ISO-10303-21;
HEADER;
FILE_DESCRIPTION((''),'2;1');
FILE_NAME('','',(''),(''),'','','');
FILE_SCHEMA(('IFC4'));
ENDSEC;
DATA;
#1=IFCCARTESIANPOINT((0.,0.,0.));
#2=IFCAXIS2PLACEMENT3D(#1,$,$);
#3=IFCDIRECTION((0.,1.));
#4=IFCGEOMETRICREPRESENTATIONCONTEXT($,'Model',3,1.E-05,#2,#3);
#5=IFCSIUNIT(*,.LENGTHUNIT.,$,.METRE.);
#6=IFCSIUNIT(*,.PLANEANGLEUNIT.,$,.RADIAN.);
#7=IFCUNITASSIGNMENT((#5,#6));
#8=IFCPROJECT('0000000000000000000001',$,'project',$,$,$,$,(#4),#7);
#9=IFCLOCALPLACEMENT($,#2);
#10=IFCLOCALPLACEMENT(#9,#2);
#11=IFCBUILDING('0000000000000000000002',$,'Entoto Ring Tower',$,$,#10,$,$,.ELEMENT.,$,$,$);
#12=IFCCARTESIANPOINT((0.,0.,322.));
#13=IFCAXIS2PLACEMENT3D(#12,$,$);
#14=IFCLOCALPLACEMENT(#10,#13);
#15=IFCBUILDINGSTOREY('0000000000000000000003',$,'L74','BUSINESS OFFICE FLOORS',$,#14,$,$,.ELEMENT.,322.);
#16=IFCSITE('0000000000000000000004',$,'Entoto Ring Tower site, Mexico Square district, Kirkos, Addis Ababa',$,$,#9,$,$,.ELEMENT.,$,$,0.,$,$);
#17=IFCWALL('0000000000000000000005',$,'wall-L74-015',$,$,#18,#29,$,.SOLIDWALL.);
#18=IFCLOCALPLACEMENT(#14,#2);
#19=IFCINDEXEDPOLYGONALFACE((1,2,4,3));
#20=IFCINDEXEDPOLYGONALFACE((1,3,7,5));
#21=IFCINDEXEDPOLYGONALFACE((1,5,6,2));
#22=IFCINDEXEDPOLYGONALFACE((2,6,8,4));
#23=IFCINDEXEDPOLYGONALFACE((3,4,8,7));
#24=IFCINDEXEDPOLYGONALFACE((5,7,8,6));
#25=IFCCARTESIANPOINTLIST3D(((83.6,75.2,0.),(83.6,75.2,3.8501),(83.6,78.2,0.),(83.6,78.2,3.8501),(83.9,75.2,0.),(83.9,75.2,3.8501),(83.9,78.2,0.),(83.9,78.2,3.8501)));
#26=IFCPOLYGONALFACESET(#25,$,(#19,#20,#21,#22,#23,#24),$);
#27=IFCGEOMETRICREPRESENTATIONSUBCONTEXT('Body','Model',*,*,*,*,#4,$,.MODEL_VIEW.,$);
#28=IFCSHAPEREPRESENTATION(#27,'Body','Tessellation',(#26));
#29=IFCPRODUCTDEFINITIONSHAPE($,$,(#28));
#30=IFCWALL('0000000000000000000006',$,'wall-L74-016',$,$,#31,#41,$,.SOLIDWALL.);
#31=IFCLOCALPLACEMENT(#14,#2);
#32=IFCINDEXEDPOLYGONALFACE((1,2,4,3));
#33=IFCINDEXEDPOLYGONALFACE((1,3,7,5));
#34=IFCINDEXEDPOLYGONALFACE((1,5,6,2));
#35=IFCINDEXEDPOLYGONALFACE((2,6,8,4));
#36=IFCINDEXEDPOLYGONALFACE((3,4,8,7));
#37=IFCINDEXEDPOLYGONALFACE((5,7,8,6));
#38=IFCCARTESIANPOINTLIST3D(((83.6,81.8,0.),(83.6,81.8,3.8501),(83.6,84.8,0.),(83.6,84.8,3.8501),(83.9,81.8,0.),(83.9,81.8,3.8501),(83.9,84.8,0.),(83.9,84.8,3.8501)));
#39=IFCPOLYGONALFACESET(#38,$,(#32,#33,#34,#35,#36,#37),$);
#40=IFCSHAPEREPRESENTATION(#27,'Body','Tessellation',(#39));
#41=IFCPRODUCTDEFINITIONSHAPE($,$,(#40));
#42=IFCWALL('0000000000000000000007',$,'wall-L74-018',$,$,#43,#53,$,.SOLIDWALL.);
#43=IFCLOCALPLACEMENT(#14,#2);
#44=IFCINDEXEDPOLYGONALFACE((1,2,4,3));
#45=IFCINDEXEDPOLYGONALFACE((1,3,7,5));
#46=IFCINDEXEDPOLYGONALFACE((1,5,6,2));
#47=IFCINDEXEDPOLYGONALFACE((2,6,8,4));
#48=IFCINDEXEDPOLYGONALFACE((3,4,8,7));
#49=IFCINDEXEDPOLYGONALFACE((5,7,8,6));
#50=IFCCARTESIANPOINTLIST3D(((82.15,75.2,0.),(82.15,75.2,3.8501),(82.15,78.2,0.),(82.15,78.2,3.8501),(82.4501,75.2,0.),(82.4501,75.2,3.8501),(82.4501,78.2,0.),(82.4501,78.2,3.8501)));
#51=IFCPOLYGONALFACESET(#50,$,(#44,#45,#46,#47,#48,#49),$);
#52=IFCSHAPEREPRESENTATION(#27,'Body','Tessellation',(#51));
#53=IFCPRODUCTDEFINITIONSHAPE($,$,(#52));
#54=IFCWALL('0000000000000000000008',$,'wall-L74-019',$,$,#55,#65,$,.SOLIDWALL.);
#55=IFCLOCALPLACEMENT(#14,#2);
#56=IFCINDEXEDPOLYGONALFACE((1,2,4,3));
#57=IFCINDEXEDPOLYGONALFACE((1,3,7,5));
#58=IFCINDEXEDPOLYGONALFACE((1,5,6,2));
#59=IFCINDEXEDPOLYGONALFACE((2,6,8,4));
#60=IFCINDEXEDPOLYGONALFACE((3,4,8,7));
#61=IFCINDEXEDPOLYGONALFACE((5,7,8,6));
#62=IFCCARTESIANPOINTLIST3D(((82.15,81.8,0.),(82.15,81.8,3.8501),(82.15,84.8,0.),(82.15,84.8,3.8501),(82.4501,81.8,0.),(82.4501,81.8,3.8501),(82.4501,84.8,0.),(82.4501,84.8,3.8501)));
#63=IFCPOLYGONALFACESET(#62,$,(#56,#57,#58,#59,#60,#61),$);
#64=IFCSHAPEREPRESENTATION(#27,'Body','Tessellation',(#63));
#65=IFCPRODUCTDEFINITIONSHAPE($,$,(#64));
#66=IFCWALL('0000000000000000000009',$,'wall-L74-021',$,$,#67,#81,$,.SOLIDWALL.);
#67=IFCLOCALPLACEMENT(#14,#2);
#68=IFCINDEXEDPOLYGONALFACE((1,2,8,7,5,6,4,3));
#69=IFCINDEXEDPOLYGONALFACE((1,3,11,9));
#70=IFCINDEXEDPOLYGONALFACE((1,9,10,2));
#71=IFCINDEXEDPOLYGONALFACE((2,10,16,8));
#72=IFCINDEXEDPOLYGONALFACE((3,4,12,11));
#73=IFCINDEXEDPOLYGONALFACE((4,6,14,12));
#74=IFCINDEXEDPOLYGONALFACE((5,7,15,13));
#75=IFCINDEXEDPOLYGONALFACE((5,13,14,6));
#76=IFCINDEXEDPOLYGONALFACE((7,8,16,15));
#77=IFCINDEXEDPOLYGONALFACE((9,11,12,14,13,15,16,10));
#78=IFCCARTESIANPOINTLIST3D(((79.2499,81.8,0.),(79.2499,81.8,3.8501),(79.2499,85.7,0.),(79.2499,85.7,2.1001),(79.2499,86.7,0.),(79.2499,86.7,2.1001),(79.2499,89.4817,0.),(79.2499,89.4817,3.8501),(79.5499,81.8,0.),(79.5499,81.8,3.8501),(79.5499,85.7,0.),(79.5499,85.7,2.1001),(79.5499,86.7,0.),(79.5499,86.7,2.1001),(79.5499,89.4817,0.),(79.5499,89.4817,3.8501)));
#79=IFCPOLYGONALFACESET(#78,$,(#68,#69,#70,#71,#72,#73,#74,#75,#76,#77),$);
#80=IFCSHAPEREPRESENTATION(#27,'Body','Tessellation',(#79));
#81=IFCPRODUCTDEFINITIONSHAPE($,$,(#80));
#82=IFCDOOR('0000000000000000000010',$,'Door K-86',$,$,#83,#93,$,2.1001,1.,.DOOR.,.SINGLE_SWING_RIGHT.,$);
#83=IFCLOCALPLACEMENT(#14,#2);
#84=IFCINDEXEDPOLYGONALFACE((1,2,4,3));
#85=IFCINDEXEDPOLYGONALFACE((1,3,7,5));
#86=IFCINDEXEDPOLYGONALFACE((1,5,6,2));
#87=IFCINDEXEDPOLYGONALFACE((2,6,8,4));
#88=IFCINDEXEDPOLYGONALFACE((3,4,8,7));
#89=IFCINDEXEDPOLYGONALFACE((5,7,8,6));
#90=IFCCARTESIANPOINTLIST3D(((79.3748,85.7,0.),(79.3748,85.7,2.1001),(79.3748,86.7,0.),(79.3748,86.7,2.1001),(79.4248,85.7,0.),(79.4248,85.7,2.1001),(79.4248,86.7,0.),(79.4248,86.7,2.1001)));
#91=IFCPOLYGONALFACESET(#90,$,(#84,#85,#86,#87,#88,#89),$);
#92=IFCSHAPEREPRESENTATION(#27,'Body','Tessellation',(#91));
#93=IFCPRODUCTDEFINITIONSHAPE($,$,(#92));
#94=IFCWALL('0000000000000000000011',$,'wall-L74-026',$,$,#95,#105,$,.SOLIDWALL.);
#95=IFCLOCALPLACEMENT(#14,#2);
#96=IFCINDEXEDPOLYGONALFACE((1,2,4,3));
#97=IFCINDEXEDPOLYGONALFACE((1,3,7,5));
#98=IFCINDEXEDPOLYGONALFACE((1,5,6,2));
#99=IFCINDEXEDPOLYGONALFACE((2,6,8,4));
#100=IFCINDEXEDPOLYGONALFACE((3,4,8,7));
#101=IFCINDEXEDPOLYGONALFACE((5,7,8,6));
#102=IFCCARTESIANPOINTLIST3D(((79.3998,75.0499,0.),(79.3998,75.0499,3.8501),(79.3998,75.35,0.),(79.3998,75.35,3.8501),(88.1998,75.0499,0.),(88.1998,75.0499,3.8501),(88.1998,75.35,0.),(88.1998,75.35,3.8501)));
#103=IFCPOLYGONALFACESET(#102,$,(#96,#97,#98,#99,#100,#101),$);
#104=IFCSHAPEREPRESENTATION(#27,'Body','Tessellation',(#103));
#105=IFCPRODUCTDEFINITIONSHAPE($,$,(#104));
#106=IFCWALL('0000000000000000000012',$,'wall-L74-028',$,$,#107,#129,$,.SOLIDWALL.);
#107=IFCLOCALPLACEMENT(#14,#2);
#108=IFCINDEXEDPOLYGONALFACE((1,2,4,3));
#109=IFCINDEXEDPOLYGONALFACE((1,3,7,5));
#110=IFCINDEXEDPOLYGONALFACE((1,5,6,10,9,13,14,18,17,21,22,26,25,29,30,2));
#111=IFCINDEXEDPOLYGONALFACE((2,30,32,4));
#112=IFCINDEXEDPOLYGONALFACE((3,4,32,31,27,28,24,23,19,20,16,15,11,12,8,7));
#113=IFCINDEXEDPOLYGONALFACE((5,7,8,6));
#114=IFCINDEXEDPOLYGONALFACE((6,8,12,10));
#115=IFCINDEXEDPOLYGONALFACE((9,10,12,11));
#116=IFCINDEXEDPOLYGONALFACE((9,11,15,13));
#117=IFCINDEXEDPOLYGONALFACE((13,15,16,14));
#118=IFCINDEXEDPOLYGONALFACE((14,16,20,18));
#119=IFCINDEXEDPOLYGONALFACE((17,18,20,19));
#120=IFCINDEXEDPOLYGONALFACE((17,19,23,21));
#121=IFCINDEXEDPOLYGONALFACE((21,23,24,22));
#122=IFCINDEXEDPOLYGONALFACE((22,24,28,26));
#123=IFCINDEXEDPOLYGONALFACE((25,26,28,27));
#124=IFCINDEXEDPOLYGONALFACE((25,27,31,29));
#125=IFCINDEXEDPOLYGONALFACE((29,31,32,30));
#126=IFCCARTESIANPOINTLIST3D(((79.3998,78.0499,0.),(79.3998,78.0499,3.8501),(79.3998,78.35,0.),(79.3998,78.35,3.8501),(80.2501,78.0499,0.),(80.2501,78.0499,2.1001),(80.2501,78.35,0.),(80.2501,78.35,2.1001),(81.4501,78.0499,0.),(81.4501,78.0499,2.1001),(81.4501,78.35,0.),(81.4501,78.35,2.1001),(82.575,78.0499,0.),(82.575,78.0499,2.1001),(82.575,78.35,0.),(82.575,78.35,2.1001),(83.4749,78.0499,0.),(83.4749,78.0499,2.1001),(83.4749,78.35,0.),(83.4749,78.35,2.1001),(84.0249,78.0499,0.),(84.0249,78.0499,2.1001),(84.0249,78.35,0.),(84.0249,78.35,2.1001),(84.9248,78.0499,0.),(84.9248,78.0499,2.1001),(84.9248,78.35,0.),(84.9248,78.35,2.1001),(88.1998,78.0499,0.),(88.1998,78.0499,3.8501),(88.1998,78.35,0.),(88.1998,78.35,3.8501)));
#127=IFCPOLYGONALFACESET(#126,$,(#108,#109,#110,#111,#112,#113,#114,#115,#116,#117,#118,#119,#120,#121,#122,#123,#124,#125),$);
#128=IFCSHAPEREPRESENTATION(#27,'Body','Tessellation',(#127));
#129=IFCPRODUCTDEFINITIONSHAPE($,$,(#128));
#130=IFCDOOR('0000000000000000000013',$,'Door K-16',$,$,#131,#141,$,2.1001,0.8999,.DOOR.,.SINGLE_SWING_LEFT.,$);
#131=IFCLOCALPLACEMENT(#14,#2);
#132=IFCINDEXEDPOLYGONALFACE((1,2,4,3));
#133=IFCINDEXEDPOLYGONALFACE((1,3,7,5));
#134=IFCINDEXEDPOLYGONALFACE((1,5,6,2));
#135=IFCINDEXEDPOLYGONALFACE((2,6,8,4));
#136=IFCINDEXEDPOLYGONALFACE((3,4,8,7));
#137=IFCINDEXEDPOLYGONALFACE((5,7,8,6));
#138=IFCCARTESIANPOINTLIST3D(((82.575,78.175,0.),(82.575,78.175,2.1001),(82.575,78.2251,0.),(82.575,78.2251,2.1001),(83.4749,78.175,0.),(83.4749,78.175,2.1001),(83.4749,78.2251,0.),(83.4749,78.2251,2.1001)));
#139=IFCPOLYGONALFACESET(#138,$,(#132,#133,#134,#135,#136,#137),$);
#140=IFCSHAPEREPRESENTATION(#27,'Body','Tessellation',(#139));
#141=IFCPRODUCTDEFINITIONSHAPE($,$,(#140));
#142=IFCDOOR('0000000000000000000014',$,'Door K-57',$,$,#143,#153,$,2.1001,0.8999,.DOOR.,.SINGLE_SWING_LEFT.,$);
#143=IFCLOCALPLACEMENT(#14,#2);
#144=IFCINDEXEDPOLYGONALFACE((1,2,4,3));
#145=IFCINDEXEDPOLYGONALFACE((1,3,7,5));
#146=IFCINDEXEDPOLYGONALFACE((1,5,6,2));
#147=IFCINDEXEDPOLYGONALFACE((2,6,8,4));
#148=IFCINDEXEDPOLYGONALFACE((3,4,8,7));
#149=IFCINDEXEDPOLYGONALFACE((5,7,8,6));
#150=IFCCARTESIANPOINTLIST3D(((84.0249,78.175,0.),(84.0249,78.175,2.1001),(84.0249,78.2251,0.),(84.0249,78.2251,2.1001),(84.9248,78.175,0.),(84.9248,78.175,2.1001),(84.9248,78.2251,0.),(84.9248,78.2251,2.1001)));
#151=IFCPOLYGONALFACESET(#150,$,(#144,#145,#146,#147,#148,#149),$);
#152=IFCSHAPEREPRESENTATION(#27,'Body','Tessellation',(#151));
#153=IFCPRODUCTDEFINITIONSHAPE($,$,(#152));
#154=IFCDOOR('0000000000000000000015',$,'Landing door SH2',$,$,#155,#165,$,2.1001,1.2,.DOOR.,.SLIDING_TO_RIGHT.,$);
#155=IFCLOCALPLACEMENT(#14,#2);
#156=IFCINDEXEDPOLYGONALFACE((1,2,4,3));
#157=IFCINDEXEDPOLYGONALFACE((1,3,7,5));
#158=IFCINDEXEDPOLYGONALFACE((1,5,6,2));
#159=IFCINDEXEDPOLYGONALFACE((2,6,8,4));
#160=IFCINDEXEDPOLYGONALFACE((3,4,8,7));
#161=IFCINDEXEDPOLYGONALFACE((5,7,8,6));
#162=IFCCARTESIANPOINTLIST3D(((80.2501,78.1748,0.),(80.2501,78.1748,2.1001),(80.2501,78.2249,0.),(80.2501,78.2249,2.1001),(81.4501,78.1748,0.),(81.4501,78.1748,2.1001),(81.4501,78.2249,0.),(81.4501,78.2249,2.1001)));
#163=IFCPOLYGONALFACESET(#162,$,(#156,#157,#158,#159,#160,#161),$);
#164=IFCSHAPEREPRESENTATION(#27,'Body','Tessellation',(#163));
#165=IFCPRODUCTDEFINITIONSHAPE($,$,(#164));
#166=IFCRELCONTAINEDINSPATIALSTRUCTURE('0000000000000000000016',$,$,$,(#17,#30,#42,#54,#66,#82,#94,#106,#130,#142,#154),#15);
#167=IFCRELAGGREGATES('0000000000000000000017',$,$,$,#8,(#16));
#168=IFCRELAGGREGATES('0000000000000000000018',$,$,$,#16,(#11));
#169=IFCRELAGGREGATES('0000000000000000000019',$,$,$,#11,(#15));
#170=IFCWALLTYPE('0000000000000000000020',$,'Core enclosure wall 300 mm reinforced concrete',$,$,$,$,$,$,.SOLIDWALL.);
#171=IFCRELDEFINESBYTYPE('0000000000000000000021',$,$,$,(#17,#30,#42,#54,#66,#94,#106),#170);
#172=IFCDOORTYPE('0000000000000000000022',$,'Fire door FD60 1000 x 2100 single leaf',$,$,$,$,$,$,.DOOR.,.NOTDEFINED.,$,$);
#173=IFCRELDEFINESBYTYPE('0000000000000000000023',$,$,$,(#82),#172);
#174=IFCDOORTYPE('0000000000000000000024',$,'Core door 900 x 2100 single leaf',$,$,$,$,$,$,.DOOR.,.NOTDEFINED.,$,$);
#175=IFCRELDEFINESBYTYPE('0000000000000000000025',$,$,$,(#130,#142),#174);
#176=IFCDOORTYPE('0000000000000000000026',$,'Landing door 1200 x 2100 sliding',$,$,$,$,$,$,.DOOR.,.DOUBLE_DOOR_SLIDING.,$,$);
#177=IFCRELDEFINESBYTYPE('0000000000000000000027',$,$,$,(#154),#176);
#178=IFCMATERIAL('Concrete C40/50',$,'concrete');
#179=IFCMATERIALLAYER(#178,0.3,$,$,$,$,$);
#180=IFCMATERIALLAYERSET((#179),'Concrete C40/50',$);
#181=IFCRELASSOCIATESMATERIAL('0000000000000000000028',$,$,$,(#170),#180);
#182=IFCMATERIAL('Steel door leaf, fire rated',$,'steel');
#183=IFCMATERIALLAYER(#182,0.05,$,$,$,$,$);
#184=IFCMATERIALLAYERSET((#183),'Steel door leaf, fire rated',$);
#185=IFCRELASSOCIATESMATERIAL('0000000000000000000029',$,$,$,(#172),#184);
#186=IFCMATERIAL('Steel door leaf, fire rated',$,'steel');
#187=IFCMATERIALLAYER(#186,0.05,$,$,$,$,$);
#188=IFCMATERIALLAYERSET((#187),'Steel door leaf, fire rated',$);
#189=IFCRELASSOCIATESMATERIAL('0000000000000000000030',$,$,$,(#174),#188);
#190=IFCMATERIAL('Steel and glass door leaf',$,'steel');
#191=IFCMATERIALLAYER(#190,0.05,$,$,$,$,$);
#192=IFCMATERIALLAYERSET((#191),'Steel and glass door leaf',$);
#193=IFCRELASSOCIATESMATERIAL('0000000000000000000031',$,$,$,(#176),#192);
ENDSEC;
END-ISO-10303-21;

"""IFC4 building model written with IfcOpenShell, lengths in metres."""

from ifc_helpers import new_model, si_unit, direction, frame, frame_2d, origin, place, context, subcontext, project, spatial, rectangle, extrude, material, layer, layer_set, type_object, element, fill, save


model = new_model("IFC4")

# Units and contexts
model_context = context("Model", 3, precision=1e-05, world=origin(), true_north=direction((0.0, 1.0)))
body_context = subcontext(model_context, "Body", "Model", "MODEL_VIEW")
ifc_project = project(units=[si_unit("LENGTHUNIT", "METRE"), si_unit("PLANEANGLEUNIT", "RADIAN")], contexts=[model_context])

# Site, building, storey
site_placement = place(None, origin())
site = spatial("IfcSite", under=ifc_project, at=site_placement, Name="Entoto Ring Tower site, Mexico Square district, Kirkos, Addis Ababa", CompositionType="ELEMENT", RefElevation=0.0)
building_placement = place(site_placement, origin())
building = spatial("IfcBuilding", under=site, at=building_placement, Name="Entoto Ring Tower", CompositionType="ELEMENT")
storey_placement = place(building_placement, frame((0.0, 0.0, 322.0)))
storey = spatial("IfcBuildingStorey", under=building, at=storey_placement, Name="L74", Description="BUSINESS OFFICE FLOORS", CompositionType="ELEMENT", Elevation=322.0)

# Walls
ifc_material_1 = material(Name="Concrete C40/50", Category="concrete")
ifc_layer_1 = layer(ifc_material_1, 0.3)
ifc_layer_set_1 = layer_set([ifc_layer_1], Name="Concrete C40/50")
wall_type = type_object("IfcWallType", Name="Core enclosure wall 300 mm reinforced concrete", PredefinedType="SOLIDWALL", material=ifc_layer_set_1)
for number, where, z_axis, x_axis, name in (
    (1, (83.75, 75.2, 0.0), (0.0, 0.0, 1.0), (0.0, 1.0, 0.0), "wall-L74-015"),
    (2, (83.75, 81.8, 0.0), (0.0, 0.0, 1.0), (0.0, 1.0, 0.0), "wall-L74-016"),
    (3, (82.3, 75.2, 0.0), (0.0, 0.0, 1.0), (0.0, 1.0, 0.0), "wall-L74-018"),
    (4, (82.3, 81.8, 0.0), (0.0, 0.0, 1.0), (0.0, 1.0, 0.0), "wall-L74-019"),
):
    element("IfcWall", number, at=place(storey_placement, frame(where, z_axis=z_axis, x_axis=x_axis)), inside=storey, type_object=wall_type, Name=name, PredefinedType="SOLIDWALL", context=body_context, shape_type="SweptSolid", body=[
        extrude(rectangle(XDim=3.0, YDim=0.3, at=frame_2d((1.5, 0.0))), origin(), (0.0, 0.0, 1.0), 3.8501),
    ])

# Wall, opening, door
wall_1_placement = place(storey_placement, frame((79.3999, 81.8, 0.0), z_axis=(0.0, 0.0, 1.0), x_axis=(0.0, 1.0, 0.0)))
wall_1 = element("IfcWall", 5, at=wall_1_placement, inside=storey, type_object=wall_type, Name="wall-L74-021", PredefinedType="SOLIDWALL", context=body_context, shape_type="SweptSolid", body=[
    extrude(rectangle(XDim=7.6816, YDim=0.3, at=frame_2d((3.8408, 0.0))), origin(), (0.0, 0.0, 1.0), 3.8501),
])
opening_1_placement = place(wall_1_placement, frame((3.8999, 0.0, 0.0)))
opening_1 = element("IfcOpeningElement", 6, at=opening_1_placement, cuts=wall_1, PredefinedType="OPENING", context=body_context, shape_type="SweptSolid", body=[
    extrude(rectangle(XDim=1.0, YDim=2.1001, at=frame_2d((0.5, 1.05))), frame((0.0, 0.1602, 0.0), z_axis=(0.0, -1.0, 0.0), x_axis=(1.0, 0.0, 0.0)), (0.0, 0.0, 1.0), 0.3201),
])
ifc_material_2 = material(Name="Steel door leaf, fire rated", Category="steel")
ifc_layer_2 = layer(ifc_material_2, 0.05)
ifc_layer_set_2 = layer_set([ifc_layer_2], Name="Steel door leaf, fire rated")
door_type_1 = type_object("IfcDoorType", Name="Fire door FD60 1000 x 2100 single leaf", OperationType="NOTDEFINED", PredefinedType="DOOR", material=ifc_layer_set_2)
door_1_placement = place(opening_1_placement, frame((1.0, 0.0, 0.0), z_axis=(0.0, 0.0, 1.0), x_axis=(-1.0, 0.0, 0.0)))
door_1 = element("IfcDoor", 7, at=door_1_placement, inside=storey, type_object=door_type_1, Name="Door K-86", OperationType="SINGLE_SWING_RIGHT", OverallHeight=2.1001, OverallWidth=1.0, PredefinedType="DOOR", context=body_context, shape_type="SweptSolid", body=[
    extrude(rectangle(XDim=1.0, YDim=2.1001, at=frame_2d((0.5, 1.05))), frame((0.0, 0.0249, 0.0), z_axis=(0.0, -1.0, 0.0), x_axis=(1.0, 0.0, 0.0)), (0.0, 0.0, 1.0), 0.05),
])
fill(opening_1, door_1)

# Wall
wall_2_placement = place(storey_placement, frame((79.3999, 75.2, 0.0), z_axis=(0.0, 0.0, 1.0), x_axis=(1.0, 0.0, 0.0)))
element("IfcWall", 8, at=wall_2_placement, inside=storey, type_object=wall_type, Name="wall-L74-026", PredefinedType="SOLIDWALL", context=body_context, shape_type="SweptSolid", body=[
    extrude(rectangle(XDim=8.8, YDim=0.3, at=frame_2d((4.3999, 0.0))), origin(), (0.0, 0.0, 1.0), 3.8501),
])

# Wall, openings, doors
wall_3_placement = place(storey_placement, frame((79.3999, 78.2, 0.0), z_axis=(0.0, 0.0, 1.0), x_axis=(1.0, 0.0, 0.0)))
wall_3 = element("IfcWall", 9, at=wall_3_placement, inside=storey, type_object=wall_type, Name="wall-L74-028", PredefinedType="SOLIDWALL", context=body_context, shape_type="SweptSolid", body=[
    extrude(rectangle(XDim=8.8, YDim=0.3, at=frame_2d((4.3999, 0.0))), origin(), (0.0, 0.0, 1.0), 3.8501),
])
opening_2_placement = place(wall_3_placement, frame((0.8501, 0.0, 0.0)))
opening_2 = element("IfcOpeningElement", 10, at=opening_2_placement, cuts=wall_3, PredefinedType="OPENING", context=body_context, shape_type="SweptSolid", body=[
    extrude(rectangle(XDim=1.2, YDim=2.1001, at=frame_2d((0.6001, 1.05))), frame((0.0, 0.1602, 0.0), z_axis=(0.0, -1.0, 0.0), x_axis=(1.0, 0.0, 0.0)), (0.0, 0.0, 1.0), 0.3201),
])
opening_3_placement = place(wall_3_placement, frame((3.175, 0.0, 0.0)))
opening_3 = element("IfcOpeningElement", 11, at=opening_3_placement, cuts=wall_3, PredefinedType="OPENING", context=body_context, shape_type="SweptSolid", body=[
    extrude(rectangle(XDim=0.8999, YDim=2.1001, at=frame_2d((0.45, 1.05))), frame((0.0, 0.1602, 0.0), z_axis=(0.0, -1.0, 0.0), x_axis=(1.0, 0.0, 0.0)), (0.0, 0.0, 1.0), 0.3201),
])
opening_4_placement = place(wall_3_placement, frame((4.625, 0.0, 0.0)))
opening_4 = element("IfcOpeningElement", 12, at=opening_4_placement, cuts=wall_3, PredefinedType="OPENING", context=body_context, shape_type="SweptSolid", body=[
    extrude(rectangle(XDim=0.8999, YDim=2.1001, at=frame_2d((0.45, 1.05))), frame((0.0, 0.1602, 0.0), z_axis=(0.0, -1.0, 0.0), x_axis=(1.0, 0.0, 0.0)), (0.0, 0.0, 1.0), 0.3201),
])
ifc_material_3 = material(Name="Steel door leaf, fire rated", Category="steel")
ifc_layer_3 = layer(ifc_material_3, 0.05)
ifc_layer_set_3 = layer_set([ifc_layer_3], Name="Steel door leaf, fire rated")
door_type_2 = type_object("IfcDoorType", Name="Core door 900 x 2100 single leaf", OperationType="NOTDEFINED", PredefinedType="DOOR", material=ifc_layer_set_3)
door_2_placement = place(opening_3_placement, frame((0.8999, 0.0, 0.0), z_axis=(0.0, 0.0, 1.0), x_axis=(-1.0, 0.0, 0.0)))
door_2 = element("IfcDoor", 13, at=door_2_placement, inside=storey, type_object=door_type_2, Name="Door K-16", OperationType="SINGLE_SWING_LEFT", OverallHeight=2.1001, OverallWidth=0.8999, PredefinedType="DOOR", context=body_context, shape_type="SweptSolid", body=[
    extrude(rectangle(XDim=0.8999, YDim=2.1001, at=frame_2d((0.45, 1.05))), frame((0.0, 0.0249, 0.0), z_axis=(0.0, -1.0, 0.0), x_axis=(1.0, 0.0, 0.0)), (0.0, 0.0, 1.0), 0.05),
])
fill(opening_3, door_2)
door_3_placement = place(opening_4_placement, frame((0.8999, 0.0, 0.0), z_axis=(0.0, 0.0, 1.0), x_axis=(-1.0, 0.0, 0.0)))
door_3 = element("IfcDoor", 14, at=door_3_placement, inside=storey, type_object=door_type_2, Name="Door K-57", OperationType="SINGLE_SWING_LEFT", OverallHeight=2.1001, OverallWidth=0.8999, PredefinedType="DOOR", context=body_context, shape_type="SweptSolid", body=[
    extrude(rectangle(XDim=0.8999, YDim=2.1001, at=frame_2d((0.45, 1.05))), frame((0.0, 0.0249, 0.0), z_axis=(0.0, -1.0, 0.0), x_axis=(1.0, 0.0, 0.0)), (0.0, 0.0, 1.0), 0.05),
])
fill(opening_4, door_3)
ifc_material_4 = material(Name="Steel and glass door leaf", Category="steel")
ifc_layer_4 = layer(ifc_material_4, 0.05)
ifc_layer_set_4 = layer_set([ifc_layer_4], Name="Steel and glass door leaf")
door_type_3 = type_object("IfcDoorType", Name="Landing door 1200 x 2100 sliding", OperationType="DOUBLE_DOOR_SLIDING", PredefinedType="DOOR", material=ifc_layer_set_4)
door_4_placement = place(opening_2_placement, origin())
door_4 = element("IfcDoor", 15, at=door_4_placement, inside=storey, type_object=door_type_3, Name="Landing door SH2", OperationType="SLIDING_TO_RIGHT", OverallHeight=2.1001, OverallWidth=1.2, PredefinedType="DOOR", context=body_context, shape_type="SweptSolid", body=[
    extrude(rectangle(XDim=1.2, YDim=2.1001, at=frame_2d((0.6001, 1.05))), frame((0.0, 0.0249, 0.0), z_axis=(0.0, -1.0, 0.0), x_axis=(1.0, 0.0, 0.0)), (0.0, 0.0, 1.0), 0.05),
])
fill(opening_2, door_4)

save(model, "model.ifc")
